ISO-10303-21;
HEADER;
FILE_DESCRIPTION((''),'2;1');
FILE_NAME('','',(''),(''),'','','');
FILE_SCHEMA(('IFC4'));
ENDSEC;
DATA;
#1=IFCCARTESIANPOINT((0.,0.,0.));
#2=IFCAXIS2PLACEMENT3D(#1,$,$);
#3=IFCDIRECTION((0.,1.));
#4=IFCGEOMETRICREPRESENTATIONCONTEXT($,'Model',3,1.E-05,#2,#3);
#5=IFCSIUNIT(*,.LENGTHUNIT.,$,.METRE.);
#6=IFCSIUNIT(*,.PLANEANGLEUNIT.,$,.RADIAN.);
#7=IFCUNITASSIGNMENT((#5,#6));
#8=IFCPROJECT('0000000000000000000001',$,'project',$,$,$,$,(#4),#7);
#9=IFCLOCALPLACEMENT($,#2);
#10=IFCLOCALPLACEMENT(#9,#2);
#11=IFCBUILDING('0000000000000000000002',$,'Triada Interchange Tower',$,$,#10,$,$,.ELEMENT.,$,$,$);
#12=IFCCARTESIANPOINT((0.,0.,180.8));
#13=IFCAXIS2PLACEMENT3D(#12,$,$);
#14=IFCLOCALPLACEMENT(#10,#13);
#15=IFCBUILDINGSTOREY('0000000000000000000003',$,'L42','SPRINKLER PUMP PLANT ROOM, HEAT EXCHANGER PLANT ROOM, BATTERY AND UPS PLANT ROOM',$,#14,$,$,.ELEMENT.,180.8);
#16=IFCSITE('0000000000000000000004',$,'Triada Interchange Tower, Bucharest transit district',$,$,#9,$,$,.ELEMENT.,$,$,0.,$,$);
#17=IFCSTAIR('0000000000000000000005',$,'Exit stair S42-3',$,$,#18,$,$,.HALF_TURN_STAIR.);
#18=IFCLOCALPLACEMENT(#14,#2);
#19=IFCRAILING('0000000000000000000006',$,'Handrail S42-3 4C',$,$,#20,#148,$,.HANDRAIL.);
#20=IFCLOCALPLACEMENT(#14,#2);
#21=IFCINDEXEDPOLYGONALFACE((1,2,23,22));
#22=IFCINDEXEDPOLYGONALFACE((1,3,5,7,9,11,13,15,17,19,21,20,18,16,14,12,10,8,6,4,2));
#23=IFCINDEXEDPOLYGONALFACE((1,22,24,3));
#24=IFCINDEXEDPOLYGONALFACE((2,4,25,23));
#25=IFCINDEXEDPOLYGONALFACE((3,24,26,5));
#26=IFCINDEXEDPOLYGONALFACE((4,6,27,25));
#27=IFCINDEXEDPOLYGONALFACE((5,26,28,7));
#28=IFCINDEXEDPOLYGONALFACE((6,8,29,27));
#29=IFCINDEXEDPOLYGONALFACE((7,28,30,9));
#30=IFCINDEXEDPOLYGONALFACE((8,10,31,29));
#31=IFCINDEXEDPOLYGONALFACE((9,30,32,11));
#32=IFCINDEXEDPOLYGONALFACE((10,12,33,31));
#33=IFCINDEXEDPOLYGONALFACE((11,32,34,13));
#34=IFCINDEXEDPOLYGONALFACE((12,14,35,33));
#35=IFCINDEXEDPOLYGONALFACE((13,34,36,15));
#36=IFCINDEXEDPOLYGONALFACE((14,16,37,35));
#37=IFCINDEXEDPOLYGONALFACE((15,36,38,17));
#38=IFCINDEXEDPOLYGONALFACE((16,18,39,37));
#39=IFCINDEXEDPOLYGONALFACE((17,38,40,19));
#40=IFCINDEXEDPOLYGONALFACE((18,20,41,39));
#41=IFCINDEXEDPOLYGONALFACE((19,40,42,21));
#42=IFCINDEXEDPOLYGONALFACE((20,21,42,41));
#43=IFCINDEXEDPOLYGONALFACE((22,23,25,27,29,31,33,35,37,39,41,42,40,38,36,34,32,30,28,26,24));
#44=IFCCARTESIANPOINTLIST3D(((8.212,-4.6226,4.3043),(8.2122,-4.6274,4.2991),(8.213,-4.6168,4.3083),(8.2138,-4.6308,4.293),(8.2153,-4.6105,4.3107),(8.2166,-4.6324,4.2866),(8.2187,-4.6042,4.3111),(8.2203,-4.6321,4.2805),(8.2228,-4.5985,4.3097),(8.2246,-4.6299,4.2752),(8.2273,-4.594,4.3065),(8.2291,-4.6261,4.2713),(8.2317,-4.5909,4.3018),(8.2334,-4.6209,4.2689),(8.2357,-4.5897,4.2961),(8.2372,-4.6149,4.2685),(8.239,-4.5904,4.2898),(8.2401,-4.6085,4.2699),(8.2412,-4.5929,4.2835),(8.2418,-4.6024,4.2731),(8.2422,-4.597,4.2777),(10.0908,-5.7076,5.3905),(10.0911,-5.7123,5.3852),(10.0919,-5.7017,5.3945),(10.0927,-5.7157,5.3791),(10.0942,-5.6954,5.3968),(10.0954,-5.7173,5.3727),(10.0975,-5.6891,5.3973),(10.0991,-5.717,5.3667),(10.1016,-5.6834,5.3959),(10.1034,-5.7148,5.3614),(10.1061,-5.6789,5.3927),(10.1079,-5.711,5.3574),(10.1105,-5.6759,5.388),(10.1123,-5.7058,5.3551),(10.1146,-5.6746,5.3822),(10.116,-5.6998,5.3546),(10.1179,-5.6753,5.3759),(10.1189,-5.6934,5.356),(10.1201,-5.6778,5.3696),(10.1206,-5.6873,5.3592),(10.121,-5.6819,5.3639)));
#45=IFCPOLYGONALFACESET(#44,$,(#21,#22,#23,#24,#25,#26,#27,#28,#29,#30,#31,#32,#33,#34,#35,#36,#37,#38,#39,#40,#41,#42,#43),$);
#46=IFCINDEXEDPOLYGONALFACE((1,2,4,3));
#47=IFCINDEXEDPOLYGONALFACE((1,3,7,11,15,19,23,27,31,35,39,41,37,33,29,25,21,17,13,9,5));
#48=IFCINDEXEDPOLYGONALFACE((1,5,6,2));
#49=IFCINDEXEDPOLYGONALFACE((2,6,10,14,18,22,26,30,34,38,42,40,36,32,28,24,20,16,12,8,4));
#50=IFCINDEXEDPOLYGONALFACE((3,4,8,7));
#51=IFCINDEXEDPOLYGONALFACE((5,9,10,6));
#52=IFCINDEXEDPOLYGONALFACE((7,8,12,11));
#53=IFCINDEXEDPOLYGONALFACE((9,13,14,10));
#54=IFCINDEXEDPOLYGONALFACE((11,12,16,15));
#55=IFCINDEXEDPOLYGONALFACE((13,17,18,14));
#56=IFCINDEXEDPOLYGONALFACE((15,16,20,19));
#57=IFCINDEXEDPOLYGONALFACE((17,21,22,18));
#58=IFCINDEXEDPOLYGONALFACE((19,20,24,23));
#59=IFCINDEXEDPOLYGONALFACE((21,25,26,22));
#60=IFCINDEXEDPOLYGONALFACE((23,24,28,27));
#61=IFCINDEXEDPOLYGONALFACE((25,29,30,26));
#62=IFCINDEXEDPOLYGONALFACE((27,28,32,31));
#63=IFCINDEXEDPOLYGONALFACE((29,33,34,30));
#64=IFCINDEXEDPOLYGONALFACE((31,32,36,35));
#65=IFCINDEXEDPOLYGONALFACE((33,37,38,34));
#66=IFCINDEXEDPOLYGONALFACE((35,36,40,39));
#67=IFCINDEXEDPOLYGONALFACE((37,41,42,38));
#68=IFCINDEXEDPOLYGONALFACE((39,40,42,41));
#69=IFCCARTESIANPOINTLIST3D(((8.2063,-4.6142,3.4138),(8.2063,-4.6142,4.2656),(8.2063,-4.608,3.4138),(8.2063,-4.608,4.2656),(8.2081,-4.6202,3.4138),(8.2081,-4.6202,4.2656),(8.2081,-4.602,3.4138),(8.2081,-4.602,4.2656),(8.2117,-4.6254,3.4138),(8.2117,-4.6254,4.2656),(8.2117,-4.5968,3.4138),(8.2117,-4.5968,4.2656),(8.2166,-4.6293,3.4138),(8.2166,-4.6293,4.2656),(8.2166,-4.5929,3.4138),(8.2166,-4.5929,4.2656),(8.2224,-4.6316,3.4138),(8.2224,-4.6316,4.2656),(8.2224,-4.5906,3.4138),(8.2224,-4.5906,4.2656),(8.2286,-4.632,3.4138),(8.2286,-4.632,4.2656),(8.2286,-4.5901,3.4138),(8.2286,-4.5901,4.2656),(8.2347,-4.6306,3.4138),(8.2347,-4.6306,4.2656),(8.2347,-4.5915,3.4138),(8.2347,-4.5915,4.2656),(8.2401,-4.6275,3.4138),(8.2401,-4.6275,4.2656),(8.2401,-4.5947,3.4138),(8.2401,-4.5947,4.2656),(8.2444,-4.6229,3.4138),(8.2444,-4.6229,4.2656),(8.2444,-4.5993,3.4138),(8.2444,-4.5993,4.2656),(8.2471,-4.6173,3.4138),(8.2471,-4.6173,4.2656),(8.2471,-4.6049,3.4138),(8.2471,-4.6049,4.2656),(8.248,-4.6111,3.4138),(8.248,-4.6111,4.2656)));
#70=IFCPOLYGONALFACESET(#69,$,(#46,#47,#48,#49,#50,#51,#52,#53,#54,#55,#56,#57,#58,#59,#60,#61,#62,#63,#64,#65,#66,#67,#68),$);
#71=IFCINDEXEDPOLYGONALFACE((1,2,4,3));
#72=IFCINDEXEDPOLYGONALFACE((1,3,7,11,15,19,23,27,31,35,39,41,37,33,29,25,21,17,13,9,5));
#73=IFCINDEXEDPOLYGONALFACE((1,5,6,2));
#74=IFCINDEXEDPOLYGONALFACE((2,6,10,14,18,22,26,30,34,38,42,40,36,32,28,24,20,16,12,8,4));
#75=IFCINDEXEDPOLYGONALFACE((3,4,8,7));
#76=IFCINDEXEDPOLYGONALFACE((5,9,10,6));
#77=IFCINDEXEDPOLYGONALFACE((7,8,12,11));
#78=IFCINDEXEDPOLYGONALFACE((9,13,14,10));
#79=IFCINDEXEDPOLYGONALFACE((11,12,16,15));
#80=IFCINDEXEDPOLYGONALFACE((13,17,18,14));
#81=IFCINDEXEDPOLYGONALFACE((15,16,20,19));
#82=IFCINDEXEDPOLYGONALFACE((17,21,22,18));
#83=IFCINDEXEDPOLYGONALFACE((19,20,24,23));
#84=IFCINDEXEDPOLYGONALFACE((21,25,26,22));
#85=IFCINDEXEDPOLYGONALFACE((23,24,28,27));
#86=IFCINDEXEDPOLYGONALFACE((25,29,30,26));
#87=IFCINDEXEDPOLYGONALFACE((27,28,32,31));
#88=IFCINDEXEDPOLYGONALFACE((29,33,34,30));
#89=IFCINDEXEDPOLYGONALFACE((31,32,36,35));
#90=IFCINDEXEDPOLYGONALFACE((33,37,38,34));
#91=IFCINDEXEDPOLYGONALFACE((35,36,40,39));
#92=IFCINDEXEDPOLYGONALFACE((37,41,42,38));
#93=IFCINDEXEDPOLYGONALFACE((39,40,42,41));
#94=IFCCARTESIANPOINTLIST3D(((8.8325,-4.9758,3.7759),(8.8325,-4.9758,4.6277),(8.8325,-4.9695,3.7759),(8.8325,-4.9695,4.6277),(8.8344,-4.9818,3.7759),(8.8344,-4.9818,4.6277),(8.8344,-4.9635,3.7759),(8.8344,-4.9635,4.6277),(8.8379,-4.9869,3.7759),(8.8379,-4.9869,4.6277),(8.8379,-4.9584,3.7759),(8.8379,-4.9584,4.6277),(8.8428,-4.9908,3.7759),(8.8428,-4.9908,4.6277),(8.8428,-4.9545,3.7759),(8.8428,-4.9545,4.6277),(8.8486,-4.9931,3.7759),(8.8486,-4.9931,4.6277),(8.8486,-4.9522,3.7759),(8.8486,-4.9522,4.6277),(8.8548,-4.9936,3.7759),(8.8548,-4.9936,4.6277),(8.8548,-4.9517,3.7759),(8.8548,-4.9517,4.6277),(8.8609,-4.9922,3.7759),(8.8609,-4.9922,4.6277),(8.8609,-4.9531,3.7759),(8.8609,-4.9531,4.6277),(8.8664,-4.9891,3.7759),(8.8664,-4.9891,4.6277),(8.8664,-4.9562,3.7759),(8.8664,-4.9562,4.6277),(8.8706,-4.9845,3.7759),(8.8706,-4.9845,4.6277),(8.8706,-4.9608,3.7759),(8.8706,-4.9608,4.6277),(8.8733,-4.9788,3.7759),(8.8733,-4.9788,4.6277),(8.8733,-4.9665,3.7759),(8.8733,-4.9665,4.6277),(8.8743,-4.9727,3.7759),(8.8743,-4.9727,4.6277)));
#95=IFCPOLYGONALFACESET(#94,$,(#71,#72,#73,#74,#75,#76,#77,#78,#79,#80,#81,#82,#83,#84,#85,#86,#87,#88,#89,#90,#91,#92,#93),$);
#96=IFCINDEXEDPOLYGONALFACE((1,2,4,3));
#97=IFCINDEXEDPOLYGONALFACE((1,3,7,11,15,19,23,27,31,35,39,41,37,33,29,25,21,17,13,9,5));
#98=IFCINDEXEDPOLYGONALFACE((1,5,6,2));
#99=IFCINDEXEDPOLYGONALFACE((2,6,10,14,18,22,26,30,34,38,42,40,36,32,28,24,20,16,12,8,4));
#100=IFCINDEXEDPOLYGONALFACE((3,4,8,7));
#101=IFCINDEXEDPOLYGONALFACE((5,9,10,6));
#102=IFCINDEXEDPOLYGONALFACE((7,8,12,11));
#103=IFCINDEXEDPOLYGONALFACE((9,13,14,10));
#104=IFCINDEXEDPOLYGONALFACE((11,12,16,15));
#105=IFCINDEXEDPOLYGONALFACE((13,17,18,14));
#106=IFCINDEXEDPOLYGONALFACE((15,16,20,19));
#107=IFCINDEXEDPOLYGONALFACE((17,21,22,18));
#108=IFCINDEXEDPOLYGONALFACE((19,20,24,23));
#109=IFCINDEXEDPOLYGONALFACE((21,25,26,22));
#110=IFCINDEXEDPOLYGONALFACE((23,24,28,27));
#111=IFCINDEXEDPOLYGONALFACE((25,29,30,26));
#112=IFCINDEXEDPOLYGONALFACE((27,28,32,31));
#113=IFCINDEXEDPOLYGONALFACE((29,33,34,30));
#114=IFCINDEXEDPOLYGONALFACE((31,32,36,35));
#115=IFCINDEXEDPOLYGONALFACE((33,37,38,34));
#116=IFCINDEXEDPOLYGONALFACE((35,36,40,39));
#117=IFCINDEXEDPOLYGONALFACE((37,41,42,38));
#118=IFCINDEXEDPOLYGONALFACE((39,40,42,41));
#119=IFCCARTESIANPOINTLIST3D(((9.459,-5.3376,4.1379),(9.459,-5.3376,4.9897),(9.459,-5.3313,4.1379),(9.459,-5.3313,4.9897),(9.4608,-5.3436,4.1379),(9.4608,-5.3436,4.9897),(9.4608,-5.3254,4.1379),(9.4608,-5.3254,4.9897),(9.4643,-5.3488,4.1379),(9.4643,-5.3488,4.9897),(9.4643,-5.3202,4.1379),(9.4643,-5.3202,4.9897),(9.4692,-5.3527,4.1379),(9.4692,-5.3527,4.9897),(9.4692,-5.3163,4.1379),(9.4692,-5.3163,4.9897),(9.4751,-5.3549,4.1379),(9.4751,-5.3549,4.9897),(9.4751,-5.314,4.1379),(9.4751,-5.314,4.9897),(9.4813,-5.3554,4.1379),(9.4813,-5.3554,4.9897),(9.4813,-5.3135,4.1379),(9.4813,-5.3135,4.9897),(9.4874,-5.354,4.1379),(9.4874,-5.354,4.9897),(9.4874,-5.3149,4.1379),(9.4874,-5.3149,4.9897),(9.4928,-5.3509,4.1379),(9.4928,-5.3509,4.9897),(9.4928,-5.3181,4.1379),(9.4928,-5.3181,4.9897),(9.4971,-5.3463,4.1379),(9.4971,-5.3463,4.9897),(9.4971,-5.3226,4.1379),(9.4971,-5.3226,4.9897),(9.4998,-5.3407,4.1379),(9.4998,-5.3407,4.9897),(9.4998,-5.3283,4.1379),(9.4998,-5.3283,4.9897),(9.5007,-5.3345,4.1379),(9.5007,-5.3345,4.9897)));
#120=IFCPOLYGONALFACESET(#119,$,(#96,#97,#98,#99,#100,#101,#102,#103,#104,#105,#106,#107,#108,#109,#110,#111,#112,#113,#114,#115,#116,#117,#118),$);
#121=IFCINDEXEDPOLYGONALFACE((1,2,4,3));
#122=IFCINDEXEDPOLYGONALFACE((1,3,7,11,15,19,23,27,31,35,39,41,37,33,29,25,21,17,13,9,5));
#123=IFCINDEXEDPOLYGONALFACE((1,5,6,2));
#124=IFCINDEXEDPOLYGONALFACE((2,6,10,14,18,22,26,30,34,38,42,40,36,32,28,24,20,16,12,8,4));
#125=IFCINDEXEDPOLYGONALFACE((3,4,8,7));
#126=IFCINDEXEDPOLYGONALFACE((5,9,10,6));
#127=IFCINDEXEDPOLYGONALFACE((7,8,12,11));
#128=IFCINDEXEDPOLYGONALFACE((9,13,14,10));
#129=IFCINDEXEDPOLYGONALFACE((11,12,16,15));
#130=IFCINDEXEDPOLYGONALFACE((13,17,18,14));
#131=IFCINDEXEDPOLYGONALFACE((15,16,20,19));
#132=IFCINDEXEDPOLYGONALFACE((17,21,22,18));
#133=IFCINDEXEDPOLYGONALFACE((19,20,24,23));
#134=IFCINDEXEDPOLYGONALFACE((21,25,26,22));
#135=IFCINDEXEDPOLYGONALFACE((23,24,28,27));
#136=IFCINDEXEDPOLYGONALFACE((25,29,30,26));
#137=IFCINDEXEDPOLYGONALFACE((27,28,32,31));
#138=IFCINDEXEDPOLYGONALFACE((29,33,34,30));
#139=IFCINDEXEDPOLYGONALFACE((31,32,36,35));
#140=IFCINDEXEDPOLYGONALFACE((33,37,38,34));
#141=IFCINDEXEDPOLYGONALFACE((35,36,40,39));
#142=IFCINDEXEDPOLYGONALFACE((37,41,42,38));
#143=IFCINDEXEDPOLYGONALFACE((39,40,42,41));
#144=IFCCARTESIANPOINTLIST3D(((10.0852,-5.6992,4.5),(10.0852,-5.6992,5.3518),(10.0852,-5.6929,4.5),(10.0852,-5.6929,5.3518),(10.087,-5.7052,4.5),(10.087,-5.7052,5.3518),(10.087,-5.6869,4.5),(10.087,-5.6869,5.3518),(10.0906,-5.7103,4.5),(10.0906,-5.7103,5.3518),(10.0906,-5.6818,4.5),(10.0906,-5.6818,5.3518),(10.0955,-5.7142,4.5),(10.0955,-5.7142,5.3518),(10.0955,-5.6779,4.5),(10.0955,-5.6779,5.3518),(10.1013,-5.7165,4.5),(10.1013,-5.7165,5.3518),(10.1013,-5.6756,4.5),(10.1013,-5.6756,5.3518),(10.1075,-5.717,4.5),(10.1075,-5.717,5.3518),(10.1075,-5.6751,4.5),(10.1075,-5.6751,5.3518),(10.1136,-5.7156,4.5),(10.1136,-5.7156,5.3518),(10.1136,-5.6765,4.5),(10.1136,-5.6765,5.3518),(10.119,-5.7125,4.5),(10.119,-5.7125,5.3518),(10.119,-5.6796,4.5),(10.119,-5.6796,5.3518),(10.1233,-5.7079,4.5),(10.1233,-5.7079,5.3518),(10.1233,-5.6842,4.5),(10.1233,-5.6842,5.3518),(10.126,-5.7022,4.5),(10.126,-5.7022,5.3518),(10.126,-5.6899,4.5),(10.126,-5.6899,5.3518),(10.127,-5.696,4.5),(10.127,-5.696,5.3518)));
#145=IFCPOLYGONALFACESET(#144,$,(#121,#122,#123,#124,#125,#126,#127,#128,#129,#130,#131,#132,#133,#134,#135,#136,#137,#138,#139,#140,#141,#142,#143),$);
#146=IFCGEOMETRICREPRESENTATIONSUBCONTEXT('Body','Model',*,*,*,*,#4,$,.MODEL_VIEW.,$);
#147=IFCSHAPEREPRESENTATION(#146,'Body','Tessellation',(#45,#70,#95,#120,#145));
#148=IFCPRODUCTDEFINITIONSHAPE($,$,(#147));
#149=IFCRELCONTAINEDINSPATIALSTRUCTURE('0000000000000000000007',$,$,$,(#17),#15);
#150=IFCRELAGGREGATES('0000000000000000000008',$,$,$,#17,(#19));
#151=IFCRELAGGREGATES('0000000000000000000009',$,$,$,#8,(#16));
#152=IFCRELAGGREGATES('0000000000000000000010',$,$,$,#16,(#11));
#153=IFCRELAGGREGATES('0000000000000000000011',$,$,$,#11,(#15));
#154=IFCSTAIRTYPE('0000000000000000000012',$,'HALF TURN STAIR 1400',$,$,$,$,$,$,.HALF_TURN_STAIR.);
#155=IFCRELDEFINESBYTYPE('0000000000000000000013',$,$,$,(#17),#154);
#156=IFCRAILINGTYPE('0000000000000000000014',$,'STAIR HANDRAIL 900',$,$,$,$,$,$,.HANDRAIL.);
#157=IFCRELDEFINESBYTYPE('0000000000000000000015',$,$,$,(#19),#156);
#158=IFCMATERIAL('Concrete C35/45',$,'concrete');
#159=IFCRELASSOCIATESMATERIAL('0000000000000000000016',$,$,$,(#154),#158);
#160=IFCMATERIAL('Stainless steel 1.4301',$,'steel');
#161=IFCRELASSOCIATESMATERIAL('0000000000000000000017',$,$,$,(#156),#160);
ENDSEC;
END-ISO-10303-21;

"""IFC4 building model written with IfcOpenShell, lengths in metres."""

from ifc_helpers import new_model, si_unit, direction, frame, origin, origin_2d, place, context, subcontext, project, spatial, circle, extrude, material, type_object, element, aggregate, save


model = new_model("IFC4")

# Units and contexts
model_context = context("Model", 3, precision=1e-05, world=origin(), true_north=direction((0.0, 1.0)))
body_context = subcontext(model_context, "Body", "Model", "MODEL_VIEW")
ifc_project = project(units=[si_unit("LENGTHUNIT", "METRE"), si_unit("PLANEANGLEUNIT", "RADIAN")], contexts=[model_context])

# Site, building, storey
site_placement = place(None, origin())
site = spatial("IfcSite", under=ifc_project, at=site_placement, Name="Triada Interchange Tower, Bucharest transit district", CompositionType="ELEMENT", RefElevation=0.0)
building_placement = place(site_placement, origin())
building = spatial("IfcBuilding", under=site, at=building_placement, Name="Triada Interchange Tower", CompositionType="ELEMENT")
storey_placement = place(building_placement, frame((0.0, 0.0, 180.8)))
storey = spatial("IfcBuildingStorey", under=building, at=storey_placement, Name="L42", Description="SPRINKLER PUMP PLANT ROOM, HEAT EXCHANGER PLANT ROOM, BATTERY AND UPS PLANT ROOM", CompositionType="ELEMENT", Elevation=180.8)

# Shared definitions
ifc_material_1 = material(Name="Concrete C35/45", Category="concrete")

# Stair, railing
stair_type = type_object("IfcStairType", Name="HALF TURN STAIR 1400", PredefinedType="HALF_TURN_STAIR", material=ifc_material_1)
stair_placement = place(storey_placement, origin())
stair = element("IfcStair", 1, at=stair_placement, inside=storey, type_object=stair_type, Name="Exit stair S42-3", PredefinedType="HALF_TURN_STAIR")
ifc_material_2 = material(Name="Stainless steel 1.4301", Category="steel")
railing_type_1 = type_object("IfcRailingType", Name="STAIR HANDRAIL 900", PredefinedType="HANDRAIL", material=ifc_material_2)
railing_1_placement = place(storey_placement, frame((8.2271, -4.6111, 3.4138)))
railing_1 = element("IfcRailing", 2, at=railing_1_placement, type_object=railing_type_1, Name="Handrail S42-3 4C", PredefinedType="HANDRAIL", context=body_context, shape_type="SweptSolid", body=[
    extrude(circle(Radius=0.0239, at=origin_2d()), frame((0.0, 0.0, 0.876), z_axis=(0.774373, -0.447156, 0.447659), x_axis=(0.50006, 0.865991, 0.0)), (0.0, 0.0, 1.0), 2.4263),
    extrude(circle(Radius=0.021, at=origin_2d()), origin(), (0.0, 0.0, 1.0), 0.8518),
    extrude(circle(Radius=0.021, at=origin_2d()), frame((0.6262, -0.3616, 0.3621)), (0.0, 0.0, 1.0), 0.8518),
    extrude(circle(Radius=0.021, at=origin_2d()), frame((1.2527, -0.7234, 0.7241)), (0.0, 0.0, 1.0), 0.8518),
    extrude(circle(Radius=0.021, at=origin_2d()), frame((1.8789, -1.085, 1.0862)), (0.0, 0.0, 1.0), 0.8518),
])
aggregate(stair, [railing_1])

save(model, "model.ifc")
